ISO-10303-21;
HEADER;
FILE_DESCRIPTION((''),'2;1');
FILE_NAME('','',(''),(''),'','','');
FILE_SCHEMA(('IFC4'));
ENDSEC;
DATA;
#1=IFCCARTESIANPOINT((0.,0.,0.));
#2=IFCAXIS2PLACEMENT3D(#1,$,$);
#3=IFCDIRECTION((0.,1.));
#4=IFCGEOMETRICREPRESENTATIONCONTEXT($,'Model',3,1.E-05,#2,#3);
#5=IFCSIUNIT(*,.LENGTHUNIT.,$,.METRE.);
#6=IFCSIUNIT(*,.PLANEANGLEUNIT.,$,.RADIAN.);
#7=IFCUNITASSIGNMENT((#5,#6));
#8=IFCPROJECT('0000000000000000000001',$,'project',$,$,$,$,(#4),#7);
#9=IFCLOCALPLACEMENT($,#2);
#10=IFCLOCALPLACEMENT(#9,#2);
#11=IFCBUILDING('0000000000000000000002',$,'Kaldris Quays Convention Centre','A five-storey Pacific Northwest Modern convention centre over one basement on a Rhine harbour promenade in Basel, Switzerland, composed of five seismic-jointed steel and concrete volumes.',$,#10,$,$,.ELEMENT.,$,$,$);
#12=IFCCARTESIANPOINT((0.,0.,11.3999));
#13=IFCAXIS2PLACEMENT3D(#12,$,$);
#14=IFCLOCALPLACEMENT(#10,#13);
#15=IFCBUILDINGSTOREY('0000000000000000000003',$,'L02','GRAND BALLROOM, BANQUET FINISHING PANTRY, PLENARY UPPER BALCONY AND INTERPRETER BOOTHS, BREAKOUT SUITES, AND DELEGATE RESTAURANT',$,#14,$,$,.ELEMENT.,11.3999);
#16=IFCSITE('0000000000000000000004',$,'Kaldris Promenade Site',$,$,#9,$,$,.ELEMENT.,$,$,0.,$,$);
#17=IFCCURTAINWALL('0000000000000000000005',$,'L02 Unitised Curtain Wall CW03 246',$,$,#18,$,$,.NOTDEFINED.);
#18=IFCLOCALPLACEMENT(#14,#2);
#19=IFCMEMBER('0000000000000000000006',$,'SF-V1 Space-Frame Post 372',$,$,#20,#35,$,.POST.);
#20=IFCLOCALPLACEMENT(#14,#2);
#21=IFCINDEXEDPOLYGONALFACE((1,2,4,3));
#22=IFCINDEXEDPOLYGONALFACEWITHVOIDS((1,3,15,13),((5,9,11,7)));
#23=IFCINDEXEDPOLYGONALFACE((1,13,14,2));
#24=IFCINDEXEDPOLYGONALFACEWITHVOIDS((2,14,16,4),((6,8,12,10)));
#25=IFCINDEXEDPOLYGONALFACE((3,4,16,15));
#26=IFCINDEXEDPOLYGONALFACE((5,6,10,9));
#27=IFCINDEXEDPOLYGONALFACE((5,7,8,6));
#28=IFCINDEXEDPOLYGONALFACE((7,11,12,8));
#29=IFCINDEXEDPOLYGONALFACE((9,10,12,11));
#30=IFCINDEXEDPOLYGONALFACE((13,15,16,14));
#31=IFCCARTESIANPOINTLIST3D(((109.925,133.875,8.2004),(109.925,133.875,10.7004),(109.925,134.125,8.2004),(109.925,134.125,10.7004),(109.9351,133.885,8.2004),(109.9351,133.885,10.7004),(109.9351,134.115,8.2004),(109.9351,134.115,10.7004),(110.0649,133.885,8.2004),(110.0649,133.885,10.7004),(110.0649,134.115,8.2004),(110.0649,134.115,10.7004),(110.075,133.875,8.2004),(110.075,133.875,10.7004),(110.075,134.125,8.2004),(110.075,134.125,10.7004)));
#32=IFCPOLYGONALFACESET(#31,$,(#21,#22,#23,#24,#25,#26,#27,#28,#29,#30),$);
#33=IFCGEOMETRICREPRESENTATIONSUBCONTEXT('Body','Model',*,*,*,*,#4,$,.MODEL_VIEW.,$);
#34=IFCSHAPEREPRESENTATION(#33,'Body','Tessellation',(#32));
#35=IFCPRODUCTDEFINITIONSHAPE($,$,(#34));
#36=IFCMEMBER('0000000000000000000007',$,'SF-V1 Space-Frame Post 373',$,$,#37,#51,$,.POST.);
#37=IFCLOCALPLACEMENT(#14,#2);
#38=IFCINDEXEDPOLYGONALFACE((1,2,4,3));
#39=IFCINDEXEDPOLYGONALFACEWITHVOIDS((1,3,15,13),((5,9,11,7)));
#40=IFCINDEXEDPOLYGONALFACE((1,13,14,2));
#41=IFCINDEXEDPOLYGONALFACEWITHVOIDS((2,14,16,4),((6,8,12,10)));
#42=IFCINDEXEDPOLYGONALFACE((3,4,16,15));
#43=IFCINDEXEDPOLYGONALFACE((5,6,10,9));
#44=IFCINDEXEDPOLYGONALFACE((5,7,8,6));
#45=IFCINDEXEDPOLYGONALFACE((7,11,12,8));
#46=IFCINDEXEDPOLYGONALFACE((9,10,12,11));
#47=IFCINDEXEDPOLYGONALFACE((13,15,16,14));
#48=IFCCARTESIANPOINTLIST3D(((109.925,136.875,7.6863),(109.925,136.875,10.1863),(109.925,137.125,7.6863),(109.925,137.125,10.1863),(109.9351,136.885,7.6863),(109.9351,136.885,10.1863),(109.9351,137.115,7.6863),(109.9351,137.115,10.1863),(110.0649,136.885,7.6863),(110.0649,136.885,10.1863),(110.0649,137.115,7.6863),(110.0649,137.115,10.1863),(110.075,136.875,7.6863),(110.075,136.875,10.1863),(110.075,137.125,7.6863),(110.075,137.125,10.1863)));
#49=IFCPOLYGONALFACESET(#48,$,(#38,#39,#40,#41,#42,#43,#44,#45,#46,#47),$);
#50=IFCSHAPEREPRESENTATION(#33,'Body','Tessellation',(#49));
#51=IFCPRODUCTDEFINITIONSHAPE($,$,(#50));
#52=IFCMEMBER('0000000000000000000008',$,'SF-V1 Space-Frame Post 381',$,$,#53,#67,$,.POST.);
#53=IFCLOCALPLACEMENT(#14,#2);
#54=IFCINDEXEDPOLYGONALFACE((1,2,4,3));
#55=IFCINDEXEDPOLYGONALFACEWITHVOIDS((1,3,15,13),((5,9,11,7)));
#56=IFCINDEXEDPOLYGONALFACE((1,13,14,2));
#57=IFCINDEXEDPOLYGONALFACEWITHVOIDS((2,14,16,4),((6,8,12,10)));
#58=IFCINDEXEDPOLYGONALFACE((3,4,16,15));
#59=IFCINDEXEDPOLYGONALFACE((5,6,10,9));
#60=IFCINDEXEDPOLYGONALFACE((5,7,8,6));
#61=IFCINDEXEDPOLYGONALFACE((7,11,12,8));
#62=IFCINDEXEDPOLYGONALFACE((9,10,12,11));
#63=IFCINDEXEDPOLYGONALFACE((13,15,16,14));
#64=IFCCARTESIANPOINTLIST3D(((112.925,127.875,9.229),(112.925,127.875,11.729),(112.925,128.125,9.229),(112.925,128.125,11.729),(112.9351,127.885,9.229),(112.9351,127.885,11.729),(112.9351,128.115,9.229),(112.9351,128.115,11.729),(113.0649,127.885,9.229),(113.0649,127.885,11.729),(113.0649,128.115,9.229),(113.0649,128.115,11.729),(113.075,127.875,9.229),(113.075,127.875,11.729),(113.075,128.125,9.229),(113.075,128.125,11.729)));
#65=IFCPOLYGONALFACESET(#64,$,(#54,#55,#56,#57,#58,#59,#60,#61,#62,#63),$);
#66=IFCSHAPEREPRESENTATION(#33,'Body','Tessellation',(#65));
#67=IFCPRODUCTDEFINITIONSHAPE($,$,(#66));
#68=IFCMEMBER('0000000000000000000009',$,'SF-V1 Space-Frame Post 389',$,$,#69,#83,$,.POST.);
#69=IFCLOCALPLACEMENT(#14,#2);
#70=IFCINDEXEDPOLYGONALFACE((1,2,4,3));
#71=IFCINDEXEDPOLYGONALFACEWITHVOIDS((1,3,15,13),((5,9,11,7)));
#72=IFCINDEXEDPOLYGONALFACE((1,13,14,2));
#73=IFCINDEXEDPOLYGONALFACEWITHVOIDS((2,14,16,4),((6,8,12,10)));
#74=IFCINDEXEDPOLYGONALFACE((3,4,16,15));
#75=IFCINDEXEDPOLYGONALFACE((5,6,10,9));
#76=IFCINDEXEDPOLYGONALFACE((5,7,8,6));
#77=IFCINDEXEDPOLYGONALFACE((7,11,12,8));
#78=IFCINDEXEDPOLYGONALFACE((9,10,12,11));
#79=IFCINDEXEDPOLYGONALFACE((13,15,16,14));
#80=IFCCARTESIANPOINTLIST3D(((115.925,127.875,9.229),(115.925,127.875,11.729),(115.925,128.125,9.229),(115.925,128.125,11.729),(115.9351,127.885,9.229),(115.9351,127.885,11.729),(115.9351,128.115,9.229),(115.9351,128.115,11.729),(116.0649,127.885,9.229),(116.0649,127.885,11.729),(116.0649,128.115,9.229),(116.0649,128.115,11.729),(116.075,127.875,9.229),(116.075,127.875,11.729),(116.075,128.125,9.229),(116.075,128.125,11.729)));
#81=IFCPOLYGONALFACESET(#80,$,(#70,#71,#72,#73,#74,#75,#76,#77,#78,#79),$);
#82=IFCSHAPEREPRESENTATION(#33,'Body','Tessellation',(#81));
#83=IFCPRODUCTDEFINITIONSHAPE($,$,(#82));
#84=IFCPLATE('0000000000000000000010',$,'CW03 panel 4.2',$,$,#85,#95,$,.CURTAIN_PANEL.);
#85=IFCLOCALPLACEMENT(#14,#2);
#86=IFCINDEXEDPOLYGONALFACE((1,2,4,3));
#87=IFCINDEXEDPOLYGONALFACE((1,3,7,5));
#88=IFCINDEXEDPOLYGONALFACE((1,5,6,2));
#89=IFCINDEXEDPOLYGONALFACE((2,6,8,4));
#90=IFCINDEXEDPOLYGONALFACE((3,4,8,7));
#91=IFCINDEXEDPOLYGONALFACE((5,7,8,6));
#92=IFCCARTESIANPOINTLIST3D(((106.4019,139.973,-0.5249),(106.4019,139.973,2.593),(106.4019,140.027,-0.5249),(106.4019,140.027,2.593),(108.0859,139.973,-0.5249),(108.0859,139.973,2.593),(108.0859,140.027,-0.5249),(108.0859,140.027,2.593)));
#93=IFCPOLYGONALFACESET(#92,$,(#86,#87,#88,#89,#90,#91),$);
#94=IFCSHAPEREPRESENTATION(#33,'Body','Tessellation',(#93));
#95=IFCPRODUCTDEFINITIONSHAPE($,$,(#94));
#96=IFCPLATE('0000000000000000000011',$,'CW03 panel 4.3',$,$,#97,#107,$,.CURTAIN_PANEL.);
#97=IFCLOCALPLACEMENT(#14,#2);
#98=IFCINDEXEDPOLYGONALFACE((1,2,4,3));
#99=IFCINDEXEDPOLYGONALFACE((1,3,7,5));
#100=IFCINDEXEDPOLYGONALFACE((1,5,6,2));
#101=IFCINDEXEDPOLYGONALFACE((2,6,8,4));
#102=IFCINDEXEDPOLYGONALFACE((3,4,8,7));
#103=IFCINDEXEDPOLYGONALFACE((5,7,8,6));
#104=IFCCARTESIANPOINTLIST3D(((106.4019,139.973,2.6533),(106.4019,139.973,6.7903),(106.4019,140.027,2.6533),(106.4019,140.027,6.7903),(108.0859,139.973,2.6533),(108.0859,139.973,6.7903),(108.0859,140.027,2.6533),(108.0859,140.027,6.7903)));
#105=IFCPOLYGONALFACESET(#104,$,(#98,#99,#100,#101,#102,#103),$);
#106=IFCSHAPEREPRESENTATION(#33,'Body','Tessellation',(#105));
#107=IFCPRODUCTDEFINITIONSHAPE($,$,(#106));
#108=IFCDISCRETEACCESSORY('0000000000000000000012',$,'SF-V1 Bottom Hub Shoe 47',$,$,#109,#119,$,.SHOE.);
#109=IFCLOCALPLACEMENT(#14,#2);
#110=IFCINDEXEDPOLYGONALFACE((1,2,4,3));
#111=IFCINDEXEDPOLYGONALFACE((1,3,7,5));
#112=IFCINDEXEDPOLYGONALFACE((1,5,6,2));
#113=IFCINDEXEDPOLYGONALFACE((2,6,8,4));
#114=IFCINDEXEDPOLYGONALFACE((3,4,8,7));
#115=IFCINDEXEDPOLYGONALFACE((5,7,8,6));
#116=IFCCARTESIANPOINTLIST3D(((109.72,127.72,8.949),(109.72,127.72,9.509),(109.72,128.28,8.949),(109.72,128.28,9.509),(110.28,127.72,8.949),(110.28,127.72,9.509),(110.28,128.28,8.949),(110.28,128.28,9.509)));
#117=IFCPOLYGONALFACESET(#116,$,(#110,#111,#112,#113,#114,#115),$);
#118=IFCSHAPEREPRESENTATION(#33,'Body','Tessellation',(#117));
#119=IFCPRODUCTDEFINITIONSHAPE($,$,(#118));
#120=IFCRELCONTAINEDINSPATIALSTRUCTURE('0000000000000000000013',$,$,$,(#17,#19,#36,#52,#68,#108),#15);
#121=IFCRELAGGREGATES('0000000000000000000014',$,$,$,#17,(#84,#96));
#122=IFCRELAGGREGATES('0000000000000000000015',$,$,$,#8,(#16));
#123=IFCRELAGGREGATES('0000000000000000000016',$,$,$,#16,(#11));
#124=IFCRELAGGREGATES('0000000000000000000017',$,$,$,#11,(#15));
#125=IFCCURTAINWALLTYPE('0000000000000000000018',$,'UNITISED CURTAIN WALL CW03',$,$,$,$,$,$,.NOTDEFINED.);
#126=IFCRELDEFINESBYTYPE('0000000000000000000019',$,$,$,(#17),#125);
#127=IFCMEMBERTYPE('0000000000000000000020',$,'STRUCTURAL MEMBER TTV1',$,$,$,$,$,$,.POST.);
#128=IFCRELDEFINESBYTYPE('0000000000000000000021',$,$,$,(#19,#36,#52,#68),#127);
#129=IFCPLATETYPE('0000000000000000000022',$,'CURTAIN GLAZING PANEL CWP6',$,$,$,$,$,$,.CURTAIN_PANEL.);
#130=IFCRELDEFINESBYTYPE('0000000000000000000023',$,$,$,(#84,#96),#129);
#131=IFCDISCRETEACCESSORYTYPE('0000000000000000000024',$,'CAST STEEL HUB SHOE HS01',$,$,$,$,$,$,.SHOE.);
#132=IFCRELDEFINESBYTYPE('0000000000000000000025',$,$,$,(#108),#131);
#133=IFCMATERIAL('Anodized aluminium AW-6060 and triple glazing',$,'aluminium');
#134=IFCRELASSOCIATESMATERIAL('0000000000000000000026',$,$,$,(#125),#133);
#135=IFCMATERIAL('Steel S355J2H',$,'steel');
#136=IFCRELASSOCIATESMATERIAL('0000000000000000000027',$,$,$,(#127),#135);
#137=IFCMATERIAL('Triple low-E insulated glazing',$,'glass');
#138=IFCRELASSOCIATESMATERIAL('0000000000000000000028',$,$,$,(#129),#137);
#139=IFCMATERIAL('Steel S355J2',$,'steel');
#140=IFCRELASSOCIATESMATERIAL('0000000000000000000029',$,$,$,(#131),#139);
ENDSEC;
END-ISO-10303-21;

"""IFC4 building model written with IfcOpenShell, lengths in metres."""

from ifc_helpers import new_model, si_unit, direction, frame, origin, origin_2d, place, context, subcontext, project, spatial, rectangle, hollow_rectangle, extrude, material, material_profile, profile_set, type_object, element, aggregate, save


model = new_model("IFC4")

# Units and contexts
model_context = context("Model", 3, precision=1e-05, world=origin(), true_north=direction((0.0, 1.0)))
body_context = subcontext(model_context, "Body", "Model", "MODEL_VIEW")
ifc_project = project(units=[si_unit("LENGTHUNIT", "METRE"), si_unit("PLANEANGLEUNIT", "RADIAN")], contexts=[model_context])

# Site, building, storey
site_placement = place(None, origin())
site = spatial("IfcSite", under=ifc_project, at=site_placement, Name="Kaldris Promenade Site", CompositionType="ELEMENT", RefElevation=0.0)
building_placement = place(site_placement, origin())
building = spatial("IfcBuilding", under=site, at=building_placement, Name="Kaldris Quays Convention Centre", Description="A five-storey Pacific Northwest Modern convention centre over one basement on a Rhine harbour promenade in Basel, Switzerland, composed of five seismic-jointed steel and concrete volumes.", CompositionType="ELEMENT")
storey_placement = place(building_placement, frame((0.0, 0.0, 11.3999)))
storey = spatial("IfcBuildingStorey", under=building, at=storey_placement, Name="L02", Description="GRAND BALLROOM, BANQUET FINISHING PANTRY, PLENARY UPPER BALCONY AND INTERPRETER BOOTHS, BREAKOUT SUITES, AND DELEGATE RESTAURANT", CompositionType="ELEMENT", Elevation=11.3999)

# Curtain wall
ifc_material_1 = material(Name="Anodized aluminium AW-6060 and triple glazing", Category="aluminium")
curtain_wall_type = type_object("IfcCurtainWallType", Name="UNITISED CURTAIN WALL CW03", PredefinedType="NOTDEFINED", material=ifc_material_1)
curtain_wall_placement = place(storey_placement, origin())
curtain_wall = element("IfcCurtainWall", 1, at=curtain_wall_placement, inside=storey, type_object=curtain_wall_type, Name="L02 Unitised Curtain Wall CW03 246", PredefinedType="NOTDEFINED")

# Members
ifc_material_2 = material(Name="Steel S355J2H", Category="steel")
ifc_material_profile_1 = material_profile(ifc_material_2, hollow_rectangle(XDim=0.1499, YDim=0.25, WallThickness=0.01, at=origin_2d()), Name="RHS 250x150x10")
ifc_profile_set_1 = profile_set([ifc_material_profile_1], Name="Steel S355J2H")
member_type_1 = type_object("IfcMemberType", Name="STRUCTURAL MEMBER TTV1", PredefinedType="POST", material=ifc_profile_set_1)
for number, where, z_axis, x_axis, name in (
    (2, (110.0, 134.0, 8.2004), (0.0, 0.0, 1.0), (1.0, 0.0, 0.0), "SF-V1 Space-Frame Post 372"),
    (3, (110.0, 137.0, 7.6863), (0.0, 0.0, 1.0), (1.0, 0.0, 0.0), "SF-V1 Space-Frame Post 373"),
    (4, (113.0, 128.0, 9.229), (0.0, 0.0, 1.0), (1.0, 0.0, 0.0), "SF-V1 Space-Frame Post 381"),
    (5, (116.0, 128.0, 9.229), (0.0, 0.0, 1.0), (1.0, 0.0, 0.0), "SF-V1 Space-Frame Post 389"),
):
    element("IfcMember", number, at=place(storey_placement, frame(where, z_axis=z_axis, x_axis=x_axis)), inside=storey, type_object=member_type_1, Name=name, PredefinedType="POST", context=body_context, shape_type="SweptSolid", body=[
        extrude(hollow_rectangle(XDim=0.1499, YDim=0.25, WallThickness=0.01, at=origin_2d()), origin(), (0.0, 0.0, 1.0), 2.5),
    ])

# Plates
ifc_material_3 = material(Name="Triple low-E insulated glazing", Category="glass")
plate_type = type_object("IfcPlateType", Name="CURTAIN GLAZING PANEL CWP6", PredefinedType="CURTAIN_PANEL", material=ifc_material_3)
plate_1_placement = place(storey_placement, frame((107.2439, 140.0, -0.5249), z_axis=(0.0, 0.0, 1.0), x_axis=(1.0, 0.0, 0.0)))
plate_1 = element("IfcPlate", 6, at=plate_1_placement, type_object=plate_type, Name="CW03 panel 4.2", PredefinedType="CURTAIN_PANEL", context=body_context, shape_type="SweptSolid", body=[
    extrude(rectangle(XDim=1.6841, YDim=0.054, at=origin_2d()), origin(), (0.0, 0.0, 1.0), 3.1179),
])
plate_2_placement = place(storey_placement, frame((107.2439, 140.0, 2.6533), z_axis=(0.0, 0.0, 1.0), x_axis=(1.0, 0.0, 0.0)))
plate_2 = element("IfcPlate", 7, at=plate_2_placement, type_object=plate_type, Name="CW03 panel 4.3", PredefinedType="CURTAIN_PANEL", context=body_context, shape_type="SweptSolid", body=[
    extrude(rectangle(XDim=1.6841, YDim=0.054, at=origin_2d()), origin(), (0.0, 0.0, 1.0), 4.137),
])
aggregate(curtain_wall, [plate_1, plate_2])

# Discrete accessory
ifc_material_4 = material(Name="Steel S355J2", Category="steel")
discrete_accessory_type = type_object("IfcDiscreteAccessoryType", Name="CAST STEEL HUB SHOE HS01", PredefinedType="SHOE", material=ifc_material_4)
discrete_accessory_placement = place(storey_placement, frame((110.0, 128.0, 8.949), z_axis=(0.0, 0.0, 1.0), x_axis=(1.0, 0.0, 0.0)))
element("IfcDiscreteAccessory", 8, at=discrete_accessory_placement, inside=storey, type_object=discrete_accessory_type, Name="SF-V1 Bottom Hub Shoe 47", PredefinedType="SHOE", context=body_context, shape_type="SweptSolid", body=[
    extrude(rectangle(XDim=0.5601, YDim=0.5601, at=origin_2d()), origin(), (0.0, 0.0, 1.0), 0.5601),
])

save(model, "model.ifc")
